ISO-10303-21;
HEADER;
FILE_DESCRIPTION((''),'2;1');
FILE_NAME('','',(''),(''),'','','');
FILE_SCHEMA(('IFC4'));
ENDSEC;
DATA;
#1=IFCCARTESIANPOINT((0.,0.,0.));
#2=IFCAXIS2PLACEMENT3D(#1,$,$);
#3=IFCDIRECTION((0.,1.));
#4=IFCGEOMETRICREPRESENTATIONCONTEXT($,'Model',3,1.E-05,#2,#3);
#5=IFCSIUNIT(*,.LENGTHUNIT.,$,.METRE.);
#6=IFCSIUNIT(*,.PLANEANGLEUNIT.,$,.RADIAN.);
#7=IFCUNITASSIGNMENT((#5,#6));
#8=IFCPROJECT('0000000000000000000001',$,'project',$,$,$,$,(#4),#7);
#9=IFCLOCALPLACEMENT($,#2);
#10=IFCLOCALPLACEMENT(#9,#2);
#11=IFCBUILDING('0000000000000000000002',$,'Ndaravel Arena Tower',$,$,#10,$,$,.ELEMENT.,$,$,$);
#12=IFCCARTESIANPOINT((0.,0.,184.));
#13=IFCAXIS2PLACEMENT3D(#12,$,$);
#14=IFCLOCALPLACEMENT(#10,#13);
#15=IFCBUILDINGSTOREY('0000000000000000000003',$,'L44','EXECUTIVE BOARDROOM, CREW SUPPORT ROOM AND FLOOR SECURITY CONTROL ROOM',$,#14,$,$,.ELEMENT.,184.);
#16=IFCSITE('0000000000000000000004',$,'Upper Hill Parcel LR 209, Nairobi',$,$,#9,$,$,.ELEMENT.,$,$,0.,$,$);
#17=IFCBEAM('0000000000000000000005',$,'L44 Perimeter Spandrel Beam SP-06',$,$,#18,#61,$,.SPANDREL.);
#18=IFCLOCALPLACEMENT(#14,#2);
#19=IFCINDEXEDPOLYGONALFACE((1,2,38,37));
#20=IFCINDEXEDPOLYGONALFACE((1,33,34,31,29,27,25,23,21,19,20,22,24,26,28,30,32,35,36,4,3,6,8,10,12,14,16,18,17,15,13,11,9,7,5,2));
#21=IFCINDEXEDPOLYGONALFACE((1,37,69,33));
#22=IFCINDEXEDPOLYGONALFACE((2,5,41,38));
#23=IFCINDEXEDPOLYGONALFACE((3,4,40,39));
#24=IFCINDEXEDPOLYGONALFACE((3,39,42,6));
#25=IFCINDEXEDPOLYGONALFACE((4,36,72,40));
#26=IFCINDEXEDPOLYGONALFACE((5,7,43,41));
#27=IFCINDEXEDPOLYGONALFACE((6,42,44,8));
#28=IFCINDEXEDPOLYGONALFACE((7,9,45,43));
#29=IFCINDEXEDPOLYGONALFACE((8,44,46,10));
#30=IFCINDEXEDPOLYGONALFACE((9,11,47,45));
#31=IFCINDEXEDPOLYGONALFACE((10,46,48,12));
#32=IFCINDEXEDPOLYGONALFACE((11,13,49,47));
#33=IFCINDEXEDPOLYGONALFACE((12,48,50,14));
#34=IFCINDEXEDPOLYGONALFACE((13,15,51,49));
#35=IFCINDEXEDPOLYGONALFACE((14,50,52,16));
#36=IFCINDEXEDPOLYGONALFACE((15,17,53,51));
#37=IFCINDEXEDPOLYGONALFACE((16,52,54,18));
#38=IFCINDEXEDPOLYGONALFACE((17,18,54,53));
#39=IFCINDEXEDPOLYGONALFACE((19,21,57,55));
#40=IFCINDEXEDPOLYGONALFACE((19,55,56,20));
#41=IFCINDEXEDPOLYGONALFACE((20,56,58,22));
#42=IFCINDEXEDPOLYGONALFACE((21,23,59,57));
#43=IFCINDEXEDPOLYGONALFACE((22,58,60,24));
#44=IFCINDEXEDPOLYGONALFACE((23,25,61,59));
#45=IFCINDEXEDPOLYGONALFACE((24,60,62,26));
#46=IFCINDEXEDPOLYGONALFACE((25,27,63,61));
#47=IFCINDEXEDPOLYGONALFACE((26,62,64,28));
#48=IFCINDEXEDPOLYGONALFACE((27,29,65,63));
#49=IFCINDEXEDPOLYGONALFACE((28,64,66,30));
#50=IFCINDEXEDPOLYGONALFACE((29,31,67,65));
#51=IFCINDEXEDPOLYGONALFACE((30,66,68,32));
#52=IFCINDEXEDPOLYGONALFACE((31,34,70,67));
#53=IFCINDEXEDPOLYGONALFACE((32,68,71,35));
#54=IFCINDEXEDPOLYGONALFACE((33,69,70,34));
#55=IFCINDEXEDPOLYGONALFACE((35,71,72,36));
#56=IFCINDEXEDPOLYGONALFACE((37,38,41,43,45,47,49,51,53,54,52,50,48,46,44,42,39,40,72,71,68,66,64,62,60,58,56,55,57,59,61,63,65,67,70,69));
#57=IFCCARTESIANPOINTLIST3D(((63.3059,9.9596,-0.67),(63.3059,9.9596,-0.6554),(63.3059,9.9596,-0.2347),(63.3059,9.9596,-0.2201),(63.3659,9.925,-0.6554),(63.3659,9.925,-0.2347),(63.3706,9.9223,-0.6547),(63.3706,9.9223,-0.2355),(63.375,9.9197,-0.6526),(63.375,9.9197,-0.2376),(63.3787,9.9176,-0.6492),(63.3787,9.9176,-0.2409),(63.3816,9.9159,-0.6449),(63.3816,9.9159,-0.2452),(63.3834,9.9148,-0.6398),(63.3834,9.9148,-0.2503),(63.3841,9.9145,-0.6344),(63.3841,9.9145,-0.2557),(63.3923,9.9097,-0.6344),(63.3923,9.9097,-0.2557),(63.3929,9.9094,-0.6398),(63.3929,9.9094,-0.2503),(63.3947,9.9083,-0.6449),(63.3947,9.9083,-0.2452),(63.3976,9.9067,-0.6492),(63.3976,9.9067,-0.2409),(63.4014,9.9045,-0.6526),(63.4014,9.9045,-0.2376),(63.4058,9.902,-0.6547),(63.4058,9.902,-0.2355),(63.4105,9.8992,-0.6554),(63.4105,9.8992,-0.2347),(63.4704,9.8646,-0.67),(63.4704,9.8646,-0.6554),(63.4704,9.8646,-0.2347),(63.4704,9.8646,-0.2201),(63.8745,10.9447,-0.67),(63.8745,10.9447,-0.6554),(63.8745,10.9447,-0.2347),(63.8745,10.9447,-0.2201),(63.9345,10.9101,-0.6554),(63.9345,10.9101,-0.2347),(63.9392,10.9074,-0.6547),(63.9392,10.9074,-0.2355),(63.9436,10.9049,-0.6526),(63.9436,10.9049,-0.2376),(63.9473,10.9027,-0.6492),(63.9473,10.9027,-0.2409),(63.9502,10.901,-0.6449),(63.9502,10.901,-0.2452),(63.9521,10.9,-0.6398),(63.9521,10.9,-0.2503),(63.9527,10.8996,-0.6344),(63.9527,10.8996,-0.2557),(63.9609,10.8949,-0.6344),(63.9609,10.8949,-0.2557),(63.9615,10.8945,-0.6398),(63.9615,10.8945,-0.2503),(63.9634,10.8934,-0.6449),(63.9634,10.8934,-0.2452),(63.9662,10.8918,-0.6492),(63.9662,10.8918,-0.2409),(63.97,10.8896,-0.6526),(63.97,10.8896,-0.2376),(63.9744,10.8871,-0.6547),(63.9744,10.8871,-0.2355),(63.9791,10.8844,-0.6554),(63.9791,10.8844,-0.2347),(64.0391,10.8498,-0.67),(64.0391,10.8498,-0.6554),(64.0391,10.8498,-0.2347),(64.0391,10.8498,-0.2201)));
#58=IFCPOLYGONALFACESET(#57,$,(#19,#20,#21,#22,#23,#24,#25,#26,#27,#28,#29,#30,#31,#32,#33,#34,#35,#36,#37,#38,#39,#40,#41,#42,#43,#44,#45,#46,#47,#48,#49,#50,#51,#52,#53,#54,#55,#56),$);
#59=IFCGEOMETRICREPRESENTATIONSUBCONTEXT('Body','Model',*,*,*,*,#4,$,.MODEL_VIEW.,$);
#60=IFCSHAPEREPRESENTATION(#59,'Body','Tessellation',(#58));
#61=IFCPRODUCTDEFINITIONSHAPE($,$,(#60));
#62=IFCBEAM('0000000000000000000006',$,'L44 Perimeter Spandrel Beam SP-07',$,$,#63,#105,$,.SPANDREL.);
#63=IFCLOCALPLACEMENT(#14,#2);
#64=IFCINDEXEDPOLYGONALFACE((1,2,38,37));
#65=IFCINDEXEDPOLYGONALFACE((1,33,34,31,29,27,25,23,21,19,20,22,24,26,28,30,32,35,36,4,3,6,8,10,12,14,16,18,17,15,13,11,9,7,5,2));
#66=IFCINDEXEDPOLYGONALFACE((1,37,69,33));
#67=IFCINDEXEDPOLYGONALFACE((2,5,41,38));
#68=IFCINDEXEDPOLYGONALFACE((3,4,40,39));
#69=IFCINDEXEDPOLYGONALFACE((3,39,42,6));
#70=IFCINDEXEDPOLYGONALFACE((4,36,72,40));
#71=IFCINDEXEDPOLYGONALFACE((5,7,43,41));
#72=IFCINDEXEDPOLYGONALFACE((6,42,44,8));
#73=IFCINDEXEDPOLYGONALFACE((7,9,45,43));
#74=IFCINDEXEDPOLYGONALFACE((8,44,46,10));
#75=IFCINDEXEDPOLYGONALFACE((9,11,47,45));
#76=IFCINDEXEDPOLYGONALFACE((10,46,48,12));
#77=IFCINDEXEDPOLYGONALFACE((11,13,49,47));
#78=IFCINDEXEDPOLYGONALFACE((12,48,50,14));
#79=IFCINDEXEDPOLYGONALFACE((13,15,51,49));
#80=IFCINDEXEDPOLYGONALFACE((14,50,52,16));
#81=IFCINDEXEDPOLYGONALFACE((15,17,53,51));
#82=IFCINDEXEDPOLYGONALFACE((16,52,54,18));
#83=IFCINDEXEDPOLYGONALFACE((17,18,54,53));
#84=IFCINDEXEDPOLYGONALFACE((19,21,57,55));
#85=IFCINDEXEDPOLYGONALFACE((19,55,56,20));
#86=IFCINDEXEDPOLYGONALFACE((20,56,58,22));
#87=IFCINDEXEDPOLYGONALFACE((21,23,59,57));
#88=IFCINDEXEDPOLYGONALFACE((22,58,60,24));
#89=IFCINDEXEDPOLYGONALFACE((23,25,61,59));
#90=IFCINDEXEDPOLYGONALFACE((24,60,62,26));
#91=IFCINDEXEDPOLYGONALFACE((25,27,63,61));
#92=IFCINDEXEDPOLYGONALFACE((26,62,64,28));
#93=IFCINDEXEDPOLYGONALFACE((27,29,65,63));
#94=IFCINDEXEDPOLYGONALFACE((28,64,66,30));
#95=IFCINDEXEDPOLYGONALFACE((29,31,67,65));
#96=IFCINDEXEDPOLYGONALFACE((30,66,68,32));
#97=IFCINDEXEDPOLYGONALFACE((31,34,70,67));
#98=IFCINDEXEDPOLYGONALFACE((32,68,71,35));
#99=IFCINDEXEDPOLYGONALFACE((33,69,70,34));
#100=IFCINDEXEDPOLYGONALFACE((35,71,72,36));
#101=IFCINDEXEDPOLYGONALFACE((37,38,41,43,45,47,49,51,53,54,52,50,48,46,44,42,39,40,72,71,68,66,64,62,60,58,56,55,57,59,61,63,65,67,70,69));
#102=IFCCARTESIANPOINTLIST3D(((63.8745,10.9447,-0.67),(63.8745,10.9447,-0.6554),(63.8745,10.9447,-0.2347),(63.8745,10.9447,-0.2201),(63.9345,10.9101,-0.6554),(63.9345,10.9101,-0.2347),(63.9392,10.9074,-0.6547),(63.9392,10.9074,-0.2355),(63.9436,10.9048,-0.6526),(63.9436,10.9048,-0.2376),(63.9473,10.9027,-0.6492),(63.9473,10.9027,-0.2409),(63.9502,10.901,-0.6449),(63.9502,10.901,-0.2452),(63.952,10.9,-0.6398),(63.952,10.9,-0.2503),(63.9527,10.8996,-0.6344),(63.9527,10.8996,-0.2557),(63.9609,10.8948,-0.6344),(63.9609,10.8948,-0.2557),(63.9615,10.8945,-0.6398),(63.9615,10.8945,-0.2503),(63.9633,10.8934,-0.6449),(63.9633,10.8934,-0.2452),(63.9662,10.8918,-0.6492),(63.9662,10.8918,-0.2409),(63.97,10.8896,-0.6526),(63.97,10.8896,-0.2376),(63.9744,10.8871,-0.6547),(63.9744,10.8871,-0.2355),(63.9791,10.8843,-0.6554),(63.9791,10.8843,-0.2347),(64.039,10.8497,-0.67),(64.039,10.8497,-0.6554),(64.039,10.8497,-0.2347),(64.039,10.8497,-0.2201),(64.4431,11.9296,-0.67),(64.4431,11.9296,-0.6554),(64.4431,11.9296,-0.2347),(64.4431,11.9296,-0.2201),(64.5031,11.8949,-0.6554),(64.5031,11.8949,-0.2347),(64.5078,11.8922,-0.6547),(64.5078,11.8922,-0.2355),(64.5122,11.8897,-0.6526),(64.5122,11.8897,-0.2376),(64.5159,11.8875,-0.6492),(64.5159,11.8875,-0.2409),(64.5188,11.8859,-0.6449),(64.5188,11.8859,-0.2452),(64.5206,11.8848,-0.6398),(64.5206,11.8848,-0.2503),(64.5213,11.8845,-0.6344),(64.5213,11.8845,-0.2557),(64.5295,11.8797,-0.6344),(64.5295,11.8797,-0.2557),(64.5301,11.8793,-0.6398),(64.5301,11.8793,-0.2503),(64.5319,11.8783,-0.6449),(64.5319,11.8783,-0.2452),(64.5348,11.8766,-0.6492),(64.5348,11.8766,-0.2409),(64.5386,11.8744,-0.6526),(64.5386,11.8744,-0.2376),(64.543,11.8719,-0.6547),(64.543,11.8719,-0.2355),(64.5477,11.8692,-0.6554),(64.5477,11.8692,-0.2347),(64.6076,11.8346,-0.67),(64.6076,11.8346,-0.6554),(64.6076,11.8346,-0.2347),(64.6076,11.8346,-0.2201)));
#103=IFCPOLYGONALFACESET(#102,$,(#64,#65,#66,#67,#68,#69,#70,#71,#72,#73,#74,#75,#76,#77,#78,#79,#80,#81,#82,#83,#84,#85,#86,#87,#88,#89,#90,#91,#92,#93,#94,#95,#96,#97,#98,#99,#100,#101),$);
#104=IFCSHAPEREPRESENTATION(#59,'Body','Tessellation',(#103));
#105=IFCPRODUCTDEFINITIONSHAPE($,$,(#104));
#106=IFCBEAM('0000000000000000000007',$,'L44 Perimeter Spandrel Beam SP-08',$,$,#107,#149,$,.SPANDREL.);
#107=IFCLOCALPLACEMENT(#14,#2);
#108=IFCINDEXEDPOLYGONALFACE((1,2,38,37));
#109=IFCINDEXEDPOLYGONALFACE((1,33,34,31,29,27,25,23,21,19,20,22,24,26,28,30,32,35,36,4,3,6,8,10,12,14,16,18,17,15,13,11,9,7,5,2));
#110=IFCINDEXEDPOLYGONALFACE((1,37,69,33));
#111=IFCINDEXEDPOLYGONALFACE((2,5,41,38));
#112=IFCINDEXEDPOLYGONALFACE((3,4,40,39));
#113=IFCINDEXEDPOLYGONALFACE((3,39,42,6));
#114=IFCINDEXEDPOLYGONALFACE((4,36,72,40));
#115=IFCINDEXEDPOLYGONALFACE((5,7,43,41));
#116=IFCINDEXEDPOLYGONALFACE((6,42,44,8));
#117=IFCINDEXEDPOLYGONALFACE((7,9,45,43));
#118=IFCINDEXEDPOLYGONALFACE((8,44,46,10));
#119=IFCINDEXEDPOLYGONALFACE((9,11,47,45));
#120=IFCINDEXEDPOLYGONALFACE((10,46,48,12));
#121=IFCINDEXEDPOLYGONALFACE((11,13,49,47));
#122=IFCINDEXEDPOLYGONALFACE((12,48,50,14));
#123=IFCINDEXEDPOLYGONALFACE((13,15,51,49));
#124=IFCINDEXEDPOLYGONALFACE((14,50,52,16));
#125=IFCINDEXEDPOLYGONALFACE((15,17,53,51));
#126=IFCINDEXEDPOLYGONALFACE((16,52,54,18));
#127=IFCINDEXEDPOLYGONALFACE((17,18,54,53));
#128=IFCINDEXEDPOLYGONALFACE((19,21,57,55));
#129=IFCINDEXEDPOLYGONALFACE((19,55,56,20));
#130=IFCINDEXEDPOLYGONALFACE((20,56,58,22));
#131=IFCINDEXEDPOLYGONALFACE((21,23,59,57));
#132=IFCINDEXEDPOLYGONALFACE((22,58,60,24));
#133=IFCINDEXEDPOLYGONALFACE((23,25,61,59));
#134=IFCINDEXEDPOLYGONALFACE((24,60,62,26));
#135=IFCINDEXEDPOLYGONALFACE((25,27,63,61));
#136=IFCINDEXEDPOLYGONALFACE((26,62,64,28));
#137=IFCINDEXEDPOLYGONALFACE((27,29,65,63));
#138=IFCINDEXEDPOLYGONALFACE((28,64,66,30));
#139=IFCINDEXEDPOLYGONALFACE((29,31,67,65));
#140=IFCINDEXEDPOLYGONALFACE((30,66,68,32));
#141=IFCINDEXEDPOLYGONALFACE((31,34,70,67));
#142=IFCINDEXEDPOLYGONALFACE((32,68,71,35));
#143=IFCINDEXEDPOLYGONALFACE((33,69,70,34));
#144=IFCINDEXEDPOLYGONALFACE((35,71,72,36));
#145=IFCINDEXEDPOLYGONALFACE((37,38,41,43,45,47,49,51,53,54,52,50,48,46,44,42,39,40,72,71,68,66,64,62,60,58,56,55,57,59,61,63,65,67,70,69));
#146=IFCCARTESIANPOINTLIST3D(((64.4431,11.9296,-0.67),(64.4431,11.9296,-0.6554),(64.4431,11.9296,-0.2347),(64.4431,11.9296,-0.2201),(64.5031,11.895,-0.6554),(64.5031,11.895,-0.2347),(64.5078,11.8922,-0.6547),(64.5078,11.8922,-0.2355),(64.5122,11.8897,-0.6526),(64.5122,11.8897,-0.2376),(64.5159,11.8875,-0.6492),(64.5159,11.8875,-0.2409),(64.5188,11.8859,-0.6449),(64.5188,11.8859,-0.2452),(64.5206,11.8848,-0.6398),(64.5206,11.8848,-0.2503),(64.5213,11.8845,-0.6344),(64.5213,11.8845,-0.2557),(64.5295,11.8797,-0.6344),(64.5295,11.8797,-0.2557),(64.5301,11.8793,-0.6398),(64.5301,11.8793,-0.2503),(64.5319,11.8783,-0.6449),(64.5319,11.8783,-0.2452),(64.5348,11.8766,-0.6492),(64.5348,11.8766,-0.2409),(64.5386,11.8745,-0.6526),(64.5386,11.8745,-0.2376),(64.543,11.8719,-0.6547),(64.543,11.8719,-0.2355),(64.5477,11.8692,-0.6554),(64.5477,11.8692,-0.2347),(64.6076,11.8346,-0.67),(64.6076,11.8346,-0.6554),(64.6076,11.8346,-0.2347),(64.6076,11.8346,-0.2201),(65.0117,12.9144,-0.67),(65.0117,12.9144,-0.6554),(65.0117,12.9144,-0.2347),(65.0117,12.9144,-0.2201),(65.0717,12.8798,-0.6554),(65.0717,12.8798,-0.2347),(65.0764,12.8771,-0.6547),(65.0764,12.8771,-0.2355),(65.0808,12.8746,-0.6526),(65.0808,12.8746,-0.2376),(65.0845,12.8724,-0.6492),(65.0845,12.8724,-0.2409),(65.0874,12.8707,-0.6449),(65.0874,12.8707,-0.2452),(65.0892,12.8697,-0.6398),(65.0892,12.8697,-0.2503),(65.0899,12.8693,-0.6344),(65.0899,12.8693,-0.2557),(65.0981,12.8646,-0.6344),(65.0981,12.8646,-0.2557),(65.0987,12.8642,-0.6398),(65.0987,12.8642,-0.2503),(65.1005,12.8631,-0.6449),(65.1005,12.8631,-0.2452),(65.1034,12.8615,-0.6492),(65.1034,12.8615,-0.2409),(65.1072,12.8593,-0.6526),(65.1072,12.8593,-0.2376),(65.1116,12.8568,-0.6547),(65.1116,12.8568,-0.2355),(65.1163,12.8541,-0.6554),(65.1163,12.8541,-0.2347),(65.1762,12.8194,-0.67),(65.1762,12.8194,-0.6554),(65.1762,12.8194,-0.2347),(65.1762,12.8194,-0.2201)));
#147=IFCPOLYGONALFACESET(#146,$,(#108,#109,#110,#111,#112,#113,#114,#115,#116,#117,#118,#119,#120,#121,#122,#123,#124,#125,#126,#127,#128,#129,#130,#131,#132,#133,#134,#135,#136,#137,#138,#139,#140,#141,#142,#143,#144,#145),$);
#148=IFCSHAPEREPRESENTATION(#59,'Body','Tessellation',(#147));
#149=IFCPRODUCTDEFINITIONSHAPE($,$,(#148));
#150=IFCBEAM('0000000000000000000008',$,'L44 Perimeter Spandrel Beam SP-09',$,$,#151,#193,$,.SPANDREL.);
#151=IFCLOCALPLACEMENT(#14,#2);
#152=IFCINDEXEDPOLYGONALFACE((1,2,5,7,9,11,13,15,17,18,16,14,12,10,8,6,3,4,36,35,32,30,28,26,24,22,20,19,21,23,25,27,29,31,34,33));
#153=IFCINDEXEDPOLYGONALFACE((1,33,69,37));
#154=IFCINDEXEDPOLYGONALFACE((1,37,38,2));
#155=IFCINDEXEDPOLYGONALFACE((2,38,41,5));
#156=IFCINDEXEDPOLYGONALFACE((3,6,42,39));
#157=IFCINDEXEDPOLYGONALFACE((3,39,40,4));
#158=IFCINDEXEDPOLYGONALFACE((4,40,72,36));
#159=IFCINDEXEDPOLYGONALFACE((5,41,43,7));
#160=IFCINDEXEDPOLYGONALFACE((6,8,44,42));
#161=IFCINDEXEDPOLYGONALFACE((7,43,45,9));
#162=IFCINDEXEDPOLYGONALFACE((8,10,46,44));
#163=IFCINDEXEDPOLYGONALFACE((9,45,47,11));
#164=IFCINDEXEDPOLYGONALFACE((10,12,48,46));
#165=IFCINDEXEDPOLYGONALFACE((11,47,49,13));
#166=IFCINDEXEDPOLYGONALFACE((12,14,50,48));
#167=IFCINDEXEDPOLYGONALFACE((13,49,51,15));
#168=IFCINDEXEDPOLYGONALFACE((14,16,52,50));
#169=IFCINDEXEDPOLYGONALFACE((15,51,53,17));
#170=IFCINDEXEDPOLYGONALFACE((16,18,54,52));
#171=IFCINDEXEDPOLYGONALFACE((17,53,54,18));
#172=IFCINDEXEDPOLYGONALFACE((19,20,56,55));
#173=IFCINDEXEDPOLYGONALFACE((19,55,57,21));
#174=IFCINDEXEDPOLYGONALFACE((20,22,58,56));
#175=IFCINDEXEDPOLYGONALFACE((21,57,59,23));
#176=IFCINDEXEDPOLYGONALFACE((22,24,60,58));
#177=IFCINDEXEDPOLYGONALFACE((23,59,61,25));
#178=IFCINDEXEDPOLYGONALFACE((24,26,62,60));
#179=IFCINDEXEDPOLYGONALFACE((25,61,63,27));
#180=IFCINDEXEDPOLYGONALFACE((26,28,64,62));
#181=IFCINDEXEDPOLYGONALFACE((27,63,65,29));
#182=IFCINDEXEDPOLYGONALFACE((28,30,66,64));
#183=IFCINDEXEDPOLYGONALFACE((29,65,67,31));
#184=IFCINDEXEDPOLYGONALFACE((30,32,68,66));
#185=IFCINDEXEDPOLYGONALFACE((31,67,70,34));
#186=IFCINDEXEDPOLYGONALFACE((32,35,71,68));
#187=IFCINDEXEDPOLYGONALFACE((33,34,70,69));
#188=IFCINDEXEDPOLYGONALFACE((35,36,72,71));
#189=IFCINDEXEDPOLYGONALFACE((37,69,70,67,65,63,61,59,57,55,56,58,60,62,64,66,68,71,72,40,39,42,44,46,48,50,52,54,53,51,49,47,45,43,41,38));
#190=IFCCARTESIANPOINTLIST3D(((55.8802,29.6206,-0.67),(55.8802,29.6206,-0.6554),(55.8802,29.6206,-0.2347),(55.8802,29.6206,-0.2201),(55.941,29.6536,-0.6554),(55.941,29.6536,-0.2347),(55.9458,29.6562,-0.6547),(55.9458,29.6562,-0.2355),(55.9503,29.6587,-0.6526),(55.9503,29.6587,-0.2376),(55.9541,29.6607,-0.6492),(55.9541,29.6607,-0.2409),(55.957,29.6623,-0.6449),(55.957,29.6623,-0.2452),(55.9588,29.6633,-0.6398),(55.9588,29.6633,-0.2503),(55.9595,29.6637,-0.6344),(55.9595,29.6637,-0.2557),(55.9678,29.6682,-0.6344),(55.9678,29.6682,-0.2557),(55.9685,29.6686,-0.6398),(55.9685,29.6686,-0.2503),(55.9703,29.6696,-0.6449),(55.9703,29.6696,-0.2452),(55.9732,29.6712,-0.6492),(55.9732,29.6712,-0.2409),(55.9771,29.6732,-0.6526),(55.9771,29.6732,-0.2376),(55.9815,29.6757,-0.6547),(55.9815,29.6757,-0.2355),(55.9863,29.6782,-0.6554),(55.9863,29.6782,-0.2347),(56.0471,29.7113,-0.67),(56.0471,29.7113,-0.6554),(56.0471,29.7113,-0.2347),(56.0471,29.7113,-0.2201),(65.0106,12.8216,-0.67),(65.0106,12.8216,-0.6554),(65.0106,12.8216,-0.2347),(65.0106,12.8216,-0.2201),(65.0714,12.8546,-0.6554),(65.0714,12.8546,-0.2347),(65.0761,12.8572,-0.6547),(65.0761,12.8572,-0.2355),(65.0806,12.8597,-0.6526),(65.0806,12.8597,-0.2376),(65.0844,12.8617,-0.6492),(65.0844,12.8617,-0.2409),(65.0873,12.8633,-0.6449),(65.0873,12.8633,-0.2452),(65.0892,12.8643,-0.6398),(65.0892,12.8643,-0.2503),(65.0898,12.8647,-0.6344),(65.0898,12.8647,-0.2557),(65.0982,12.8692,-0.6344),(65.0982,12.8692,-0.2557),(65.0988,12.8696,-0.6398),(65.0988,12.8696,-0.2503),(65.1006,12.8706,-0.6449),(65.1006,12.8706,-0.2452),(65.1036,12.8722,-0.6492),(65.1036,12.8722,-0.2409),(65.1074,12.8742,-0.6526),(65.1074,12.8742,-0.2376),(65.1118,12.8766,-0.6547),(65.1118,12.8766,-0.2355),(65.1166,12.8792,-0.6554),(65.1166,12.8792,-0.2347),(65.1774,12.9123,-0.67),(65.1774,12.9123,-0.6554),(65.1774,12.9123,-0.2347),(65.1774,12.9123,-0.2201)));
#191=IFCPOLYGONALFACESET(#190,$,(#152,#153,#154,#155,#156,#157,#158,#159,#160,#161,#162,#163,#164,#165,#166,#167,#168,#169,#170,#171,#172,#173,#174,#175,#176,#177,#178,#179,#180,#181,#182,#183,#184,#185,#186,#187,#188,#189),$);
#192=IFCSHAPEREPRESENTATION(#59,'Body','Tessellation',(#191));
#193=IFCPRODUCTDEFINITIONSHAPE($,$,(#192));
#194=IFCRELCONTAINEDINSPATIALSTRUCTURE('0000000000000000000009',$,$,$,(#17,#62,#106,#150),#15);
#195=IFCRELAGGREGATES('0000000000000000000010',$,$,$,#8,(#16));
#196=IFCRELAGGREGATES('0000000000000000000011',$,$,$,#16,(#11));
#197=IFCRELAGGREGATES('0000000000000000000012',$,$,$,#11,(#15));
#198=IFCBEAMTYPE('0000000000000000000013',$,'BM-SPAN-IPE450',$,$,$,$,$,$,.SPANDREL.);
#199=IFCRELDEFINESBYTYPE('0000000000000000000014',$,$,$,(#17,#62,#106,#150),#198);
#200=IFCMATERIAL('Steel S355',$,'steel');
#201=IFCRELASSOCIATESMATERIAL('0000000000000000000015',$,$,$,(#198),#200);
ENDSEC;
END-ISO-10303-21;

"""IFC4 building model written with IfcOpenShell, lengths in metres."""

from ifc_helpers import new_model, si_unit, direction, frame, origin, origin_2d, place, context, subcontext, project, spatial, i_section, extrude, material, material_profile, profile_set, type_object, element, save


model = new_model("IFC4")

# Units and contexts
model_context = context("Model", 3, precision=1e-05, world=origin(), true_north=direction((0.0, 1.0)))
body_context = subcontext(model_context, "Body", "Model", "MODEL_VIEW")
ifc_project = project(units=[si_unit("LENGTHUNIT", "METRE"), si_unit("PLANEANGLEUNIT", "RADIAN")], contexts=[model_context])

# Site, building, storey
site_placement = place(None, origin())
site = spatial("IfcSite", under=ifc_project, at=site_placement, Name="Upper Hill Parcel LR 209, Nairobi", CompositionType="ELEMENT", RefElevation=0.0)
building_placement = place(site_placement, origin())
building = spatial("IfcBuilding", under=site, at=building_placement, Name="Ndaravel Arena Tower", CompositionType="ELEMENT")
storey_placement = place(building_placement, frame((0.0, 0.0, 184.0)))
storey = spatial("IfcBuildingStorey", under=building, at=storey_placement, Name="L44", Description="EXECUTIVE BOARDROOM, CREW SUPPORT ROOM AND FLOOR SECURITY CONTROL ROOM", CompositionType="ELEMENT", Elevation=184.0)

# Beams
ifc_material_1 = material(Name="Steel S355", Category="steel")
ifc_material_profile_1 = material_profile(ifc_material_1, i_section(OverallWidth=0.1899, OverallDepth=0.45, WebThickness=0.0095, FlangeThickness=0.0146, FilletRadius=0.021, at=origin_2d()), Name="IPE 450")
ifc_profile_set_1 = profile_set([ifc_material_profile_1], Name="Steel S355")
beam_type = type_object("IfcBeamType", Name="BM-SPAN-IPE450", PredefinedType="SPANDREL", material=ifc_profile_set_1)
for number, where, z_axis, x_axis, name in (
    (1, (63.3882, 9.9121, -0.4451), (0.499902, 0.866082, 0.0), (-0.866082, 0.499902, 0.0), "L44 Perimeter Spandrel Beam SP-06"),
):
    element("IfcBeam", number, at=place(storey_placement, frame(where, z_axis=z_axis, x_axis=x_axis)), inside=storey, type_object=beam_type, Name=name, PredefinedType="SPANDREL", context=body_context, shape_type="SweptSolid", body=[
        extrude(i_section(OverallWidth=0.1899, OverallDepth=0.45, WebThickness=0.0095, FlangeThickness=0.0146, FilletRadius=0.021, at=origin_2d()), origin(), (0.0, 0.0, 1.0), 1.1375),
    ])
for number, where, z_axis, x_axis, name in (
    (2, (63.9568, 10.8972, -0.4451), (0.499995, 0.866028, 0.0), (-0.866028, 0.499995, 0.0), "L44 Perimeter Spandrel Beam SP-07"),
    (3, (64.5254, 11.8821, -0.4451), (0.499995, 0.866028, 0.0), (-0.866028, 0.499995, 0.0), "L44 Perimeter Spandrel Beam SP-08"),
):
    element("IfcBeam", number, at=place(storey_placement, frame(where, z_axis=z_axis, x_axis=x_axis)), inside=storey, type_object=beam_type, Name=name, PredefinedType="SPANDREL", context=body_context, shape_type="SweptSolid", body=[
        extrude(i_section(OverallWidth=0.1899, OverallDepth=0.45, WebThickness=0.0095, FlangeThickness=0.0146, FilletRadius=0.021, at=origin_2d()), origin(), (0.0, 0.0, 1.0), 1.1372),
    ])
beam_1_placement = place(storey_placement, frame((65.094, 12.8669, -0.4451), z_axis=(-0.477531, 0.878615, 0.0), x_axis=(-0.878615, -0.477531, 0.0)))
element("IfcBeam", 4, at=beam_1_placement, inside=storey, type_object=beam_type, Name="L44 Perimeter Spandrel Beam SP-09", PredefinedType="SPANDREL", context=body_context, shape_type="SweptSolid", body=[
    extrude(i_section(OverallWidth=0.1899, OverallDepth=0.45, WebThickness=0.0095, FlangeThickness=0.0146, FilletRadius=0.021, at=origin_2d()), origin(), (0.0, 0.0, 1.0), 19.1199),
])

save(model, "model.ifc")
